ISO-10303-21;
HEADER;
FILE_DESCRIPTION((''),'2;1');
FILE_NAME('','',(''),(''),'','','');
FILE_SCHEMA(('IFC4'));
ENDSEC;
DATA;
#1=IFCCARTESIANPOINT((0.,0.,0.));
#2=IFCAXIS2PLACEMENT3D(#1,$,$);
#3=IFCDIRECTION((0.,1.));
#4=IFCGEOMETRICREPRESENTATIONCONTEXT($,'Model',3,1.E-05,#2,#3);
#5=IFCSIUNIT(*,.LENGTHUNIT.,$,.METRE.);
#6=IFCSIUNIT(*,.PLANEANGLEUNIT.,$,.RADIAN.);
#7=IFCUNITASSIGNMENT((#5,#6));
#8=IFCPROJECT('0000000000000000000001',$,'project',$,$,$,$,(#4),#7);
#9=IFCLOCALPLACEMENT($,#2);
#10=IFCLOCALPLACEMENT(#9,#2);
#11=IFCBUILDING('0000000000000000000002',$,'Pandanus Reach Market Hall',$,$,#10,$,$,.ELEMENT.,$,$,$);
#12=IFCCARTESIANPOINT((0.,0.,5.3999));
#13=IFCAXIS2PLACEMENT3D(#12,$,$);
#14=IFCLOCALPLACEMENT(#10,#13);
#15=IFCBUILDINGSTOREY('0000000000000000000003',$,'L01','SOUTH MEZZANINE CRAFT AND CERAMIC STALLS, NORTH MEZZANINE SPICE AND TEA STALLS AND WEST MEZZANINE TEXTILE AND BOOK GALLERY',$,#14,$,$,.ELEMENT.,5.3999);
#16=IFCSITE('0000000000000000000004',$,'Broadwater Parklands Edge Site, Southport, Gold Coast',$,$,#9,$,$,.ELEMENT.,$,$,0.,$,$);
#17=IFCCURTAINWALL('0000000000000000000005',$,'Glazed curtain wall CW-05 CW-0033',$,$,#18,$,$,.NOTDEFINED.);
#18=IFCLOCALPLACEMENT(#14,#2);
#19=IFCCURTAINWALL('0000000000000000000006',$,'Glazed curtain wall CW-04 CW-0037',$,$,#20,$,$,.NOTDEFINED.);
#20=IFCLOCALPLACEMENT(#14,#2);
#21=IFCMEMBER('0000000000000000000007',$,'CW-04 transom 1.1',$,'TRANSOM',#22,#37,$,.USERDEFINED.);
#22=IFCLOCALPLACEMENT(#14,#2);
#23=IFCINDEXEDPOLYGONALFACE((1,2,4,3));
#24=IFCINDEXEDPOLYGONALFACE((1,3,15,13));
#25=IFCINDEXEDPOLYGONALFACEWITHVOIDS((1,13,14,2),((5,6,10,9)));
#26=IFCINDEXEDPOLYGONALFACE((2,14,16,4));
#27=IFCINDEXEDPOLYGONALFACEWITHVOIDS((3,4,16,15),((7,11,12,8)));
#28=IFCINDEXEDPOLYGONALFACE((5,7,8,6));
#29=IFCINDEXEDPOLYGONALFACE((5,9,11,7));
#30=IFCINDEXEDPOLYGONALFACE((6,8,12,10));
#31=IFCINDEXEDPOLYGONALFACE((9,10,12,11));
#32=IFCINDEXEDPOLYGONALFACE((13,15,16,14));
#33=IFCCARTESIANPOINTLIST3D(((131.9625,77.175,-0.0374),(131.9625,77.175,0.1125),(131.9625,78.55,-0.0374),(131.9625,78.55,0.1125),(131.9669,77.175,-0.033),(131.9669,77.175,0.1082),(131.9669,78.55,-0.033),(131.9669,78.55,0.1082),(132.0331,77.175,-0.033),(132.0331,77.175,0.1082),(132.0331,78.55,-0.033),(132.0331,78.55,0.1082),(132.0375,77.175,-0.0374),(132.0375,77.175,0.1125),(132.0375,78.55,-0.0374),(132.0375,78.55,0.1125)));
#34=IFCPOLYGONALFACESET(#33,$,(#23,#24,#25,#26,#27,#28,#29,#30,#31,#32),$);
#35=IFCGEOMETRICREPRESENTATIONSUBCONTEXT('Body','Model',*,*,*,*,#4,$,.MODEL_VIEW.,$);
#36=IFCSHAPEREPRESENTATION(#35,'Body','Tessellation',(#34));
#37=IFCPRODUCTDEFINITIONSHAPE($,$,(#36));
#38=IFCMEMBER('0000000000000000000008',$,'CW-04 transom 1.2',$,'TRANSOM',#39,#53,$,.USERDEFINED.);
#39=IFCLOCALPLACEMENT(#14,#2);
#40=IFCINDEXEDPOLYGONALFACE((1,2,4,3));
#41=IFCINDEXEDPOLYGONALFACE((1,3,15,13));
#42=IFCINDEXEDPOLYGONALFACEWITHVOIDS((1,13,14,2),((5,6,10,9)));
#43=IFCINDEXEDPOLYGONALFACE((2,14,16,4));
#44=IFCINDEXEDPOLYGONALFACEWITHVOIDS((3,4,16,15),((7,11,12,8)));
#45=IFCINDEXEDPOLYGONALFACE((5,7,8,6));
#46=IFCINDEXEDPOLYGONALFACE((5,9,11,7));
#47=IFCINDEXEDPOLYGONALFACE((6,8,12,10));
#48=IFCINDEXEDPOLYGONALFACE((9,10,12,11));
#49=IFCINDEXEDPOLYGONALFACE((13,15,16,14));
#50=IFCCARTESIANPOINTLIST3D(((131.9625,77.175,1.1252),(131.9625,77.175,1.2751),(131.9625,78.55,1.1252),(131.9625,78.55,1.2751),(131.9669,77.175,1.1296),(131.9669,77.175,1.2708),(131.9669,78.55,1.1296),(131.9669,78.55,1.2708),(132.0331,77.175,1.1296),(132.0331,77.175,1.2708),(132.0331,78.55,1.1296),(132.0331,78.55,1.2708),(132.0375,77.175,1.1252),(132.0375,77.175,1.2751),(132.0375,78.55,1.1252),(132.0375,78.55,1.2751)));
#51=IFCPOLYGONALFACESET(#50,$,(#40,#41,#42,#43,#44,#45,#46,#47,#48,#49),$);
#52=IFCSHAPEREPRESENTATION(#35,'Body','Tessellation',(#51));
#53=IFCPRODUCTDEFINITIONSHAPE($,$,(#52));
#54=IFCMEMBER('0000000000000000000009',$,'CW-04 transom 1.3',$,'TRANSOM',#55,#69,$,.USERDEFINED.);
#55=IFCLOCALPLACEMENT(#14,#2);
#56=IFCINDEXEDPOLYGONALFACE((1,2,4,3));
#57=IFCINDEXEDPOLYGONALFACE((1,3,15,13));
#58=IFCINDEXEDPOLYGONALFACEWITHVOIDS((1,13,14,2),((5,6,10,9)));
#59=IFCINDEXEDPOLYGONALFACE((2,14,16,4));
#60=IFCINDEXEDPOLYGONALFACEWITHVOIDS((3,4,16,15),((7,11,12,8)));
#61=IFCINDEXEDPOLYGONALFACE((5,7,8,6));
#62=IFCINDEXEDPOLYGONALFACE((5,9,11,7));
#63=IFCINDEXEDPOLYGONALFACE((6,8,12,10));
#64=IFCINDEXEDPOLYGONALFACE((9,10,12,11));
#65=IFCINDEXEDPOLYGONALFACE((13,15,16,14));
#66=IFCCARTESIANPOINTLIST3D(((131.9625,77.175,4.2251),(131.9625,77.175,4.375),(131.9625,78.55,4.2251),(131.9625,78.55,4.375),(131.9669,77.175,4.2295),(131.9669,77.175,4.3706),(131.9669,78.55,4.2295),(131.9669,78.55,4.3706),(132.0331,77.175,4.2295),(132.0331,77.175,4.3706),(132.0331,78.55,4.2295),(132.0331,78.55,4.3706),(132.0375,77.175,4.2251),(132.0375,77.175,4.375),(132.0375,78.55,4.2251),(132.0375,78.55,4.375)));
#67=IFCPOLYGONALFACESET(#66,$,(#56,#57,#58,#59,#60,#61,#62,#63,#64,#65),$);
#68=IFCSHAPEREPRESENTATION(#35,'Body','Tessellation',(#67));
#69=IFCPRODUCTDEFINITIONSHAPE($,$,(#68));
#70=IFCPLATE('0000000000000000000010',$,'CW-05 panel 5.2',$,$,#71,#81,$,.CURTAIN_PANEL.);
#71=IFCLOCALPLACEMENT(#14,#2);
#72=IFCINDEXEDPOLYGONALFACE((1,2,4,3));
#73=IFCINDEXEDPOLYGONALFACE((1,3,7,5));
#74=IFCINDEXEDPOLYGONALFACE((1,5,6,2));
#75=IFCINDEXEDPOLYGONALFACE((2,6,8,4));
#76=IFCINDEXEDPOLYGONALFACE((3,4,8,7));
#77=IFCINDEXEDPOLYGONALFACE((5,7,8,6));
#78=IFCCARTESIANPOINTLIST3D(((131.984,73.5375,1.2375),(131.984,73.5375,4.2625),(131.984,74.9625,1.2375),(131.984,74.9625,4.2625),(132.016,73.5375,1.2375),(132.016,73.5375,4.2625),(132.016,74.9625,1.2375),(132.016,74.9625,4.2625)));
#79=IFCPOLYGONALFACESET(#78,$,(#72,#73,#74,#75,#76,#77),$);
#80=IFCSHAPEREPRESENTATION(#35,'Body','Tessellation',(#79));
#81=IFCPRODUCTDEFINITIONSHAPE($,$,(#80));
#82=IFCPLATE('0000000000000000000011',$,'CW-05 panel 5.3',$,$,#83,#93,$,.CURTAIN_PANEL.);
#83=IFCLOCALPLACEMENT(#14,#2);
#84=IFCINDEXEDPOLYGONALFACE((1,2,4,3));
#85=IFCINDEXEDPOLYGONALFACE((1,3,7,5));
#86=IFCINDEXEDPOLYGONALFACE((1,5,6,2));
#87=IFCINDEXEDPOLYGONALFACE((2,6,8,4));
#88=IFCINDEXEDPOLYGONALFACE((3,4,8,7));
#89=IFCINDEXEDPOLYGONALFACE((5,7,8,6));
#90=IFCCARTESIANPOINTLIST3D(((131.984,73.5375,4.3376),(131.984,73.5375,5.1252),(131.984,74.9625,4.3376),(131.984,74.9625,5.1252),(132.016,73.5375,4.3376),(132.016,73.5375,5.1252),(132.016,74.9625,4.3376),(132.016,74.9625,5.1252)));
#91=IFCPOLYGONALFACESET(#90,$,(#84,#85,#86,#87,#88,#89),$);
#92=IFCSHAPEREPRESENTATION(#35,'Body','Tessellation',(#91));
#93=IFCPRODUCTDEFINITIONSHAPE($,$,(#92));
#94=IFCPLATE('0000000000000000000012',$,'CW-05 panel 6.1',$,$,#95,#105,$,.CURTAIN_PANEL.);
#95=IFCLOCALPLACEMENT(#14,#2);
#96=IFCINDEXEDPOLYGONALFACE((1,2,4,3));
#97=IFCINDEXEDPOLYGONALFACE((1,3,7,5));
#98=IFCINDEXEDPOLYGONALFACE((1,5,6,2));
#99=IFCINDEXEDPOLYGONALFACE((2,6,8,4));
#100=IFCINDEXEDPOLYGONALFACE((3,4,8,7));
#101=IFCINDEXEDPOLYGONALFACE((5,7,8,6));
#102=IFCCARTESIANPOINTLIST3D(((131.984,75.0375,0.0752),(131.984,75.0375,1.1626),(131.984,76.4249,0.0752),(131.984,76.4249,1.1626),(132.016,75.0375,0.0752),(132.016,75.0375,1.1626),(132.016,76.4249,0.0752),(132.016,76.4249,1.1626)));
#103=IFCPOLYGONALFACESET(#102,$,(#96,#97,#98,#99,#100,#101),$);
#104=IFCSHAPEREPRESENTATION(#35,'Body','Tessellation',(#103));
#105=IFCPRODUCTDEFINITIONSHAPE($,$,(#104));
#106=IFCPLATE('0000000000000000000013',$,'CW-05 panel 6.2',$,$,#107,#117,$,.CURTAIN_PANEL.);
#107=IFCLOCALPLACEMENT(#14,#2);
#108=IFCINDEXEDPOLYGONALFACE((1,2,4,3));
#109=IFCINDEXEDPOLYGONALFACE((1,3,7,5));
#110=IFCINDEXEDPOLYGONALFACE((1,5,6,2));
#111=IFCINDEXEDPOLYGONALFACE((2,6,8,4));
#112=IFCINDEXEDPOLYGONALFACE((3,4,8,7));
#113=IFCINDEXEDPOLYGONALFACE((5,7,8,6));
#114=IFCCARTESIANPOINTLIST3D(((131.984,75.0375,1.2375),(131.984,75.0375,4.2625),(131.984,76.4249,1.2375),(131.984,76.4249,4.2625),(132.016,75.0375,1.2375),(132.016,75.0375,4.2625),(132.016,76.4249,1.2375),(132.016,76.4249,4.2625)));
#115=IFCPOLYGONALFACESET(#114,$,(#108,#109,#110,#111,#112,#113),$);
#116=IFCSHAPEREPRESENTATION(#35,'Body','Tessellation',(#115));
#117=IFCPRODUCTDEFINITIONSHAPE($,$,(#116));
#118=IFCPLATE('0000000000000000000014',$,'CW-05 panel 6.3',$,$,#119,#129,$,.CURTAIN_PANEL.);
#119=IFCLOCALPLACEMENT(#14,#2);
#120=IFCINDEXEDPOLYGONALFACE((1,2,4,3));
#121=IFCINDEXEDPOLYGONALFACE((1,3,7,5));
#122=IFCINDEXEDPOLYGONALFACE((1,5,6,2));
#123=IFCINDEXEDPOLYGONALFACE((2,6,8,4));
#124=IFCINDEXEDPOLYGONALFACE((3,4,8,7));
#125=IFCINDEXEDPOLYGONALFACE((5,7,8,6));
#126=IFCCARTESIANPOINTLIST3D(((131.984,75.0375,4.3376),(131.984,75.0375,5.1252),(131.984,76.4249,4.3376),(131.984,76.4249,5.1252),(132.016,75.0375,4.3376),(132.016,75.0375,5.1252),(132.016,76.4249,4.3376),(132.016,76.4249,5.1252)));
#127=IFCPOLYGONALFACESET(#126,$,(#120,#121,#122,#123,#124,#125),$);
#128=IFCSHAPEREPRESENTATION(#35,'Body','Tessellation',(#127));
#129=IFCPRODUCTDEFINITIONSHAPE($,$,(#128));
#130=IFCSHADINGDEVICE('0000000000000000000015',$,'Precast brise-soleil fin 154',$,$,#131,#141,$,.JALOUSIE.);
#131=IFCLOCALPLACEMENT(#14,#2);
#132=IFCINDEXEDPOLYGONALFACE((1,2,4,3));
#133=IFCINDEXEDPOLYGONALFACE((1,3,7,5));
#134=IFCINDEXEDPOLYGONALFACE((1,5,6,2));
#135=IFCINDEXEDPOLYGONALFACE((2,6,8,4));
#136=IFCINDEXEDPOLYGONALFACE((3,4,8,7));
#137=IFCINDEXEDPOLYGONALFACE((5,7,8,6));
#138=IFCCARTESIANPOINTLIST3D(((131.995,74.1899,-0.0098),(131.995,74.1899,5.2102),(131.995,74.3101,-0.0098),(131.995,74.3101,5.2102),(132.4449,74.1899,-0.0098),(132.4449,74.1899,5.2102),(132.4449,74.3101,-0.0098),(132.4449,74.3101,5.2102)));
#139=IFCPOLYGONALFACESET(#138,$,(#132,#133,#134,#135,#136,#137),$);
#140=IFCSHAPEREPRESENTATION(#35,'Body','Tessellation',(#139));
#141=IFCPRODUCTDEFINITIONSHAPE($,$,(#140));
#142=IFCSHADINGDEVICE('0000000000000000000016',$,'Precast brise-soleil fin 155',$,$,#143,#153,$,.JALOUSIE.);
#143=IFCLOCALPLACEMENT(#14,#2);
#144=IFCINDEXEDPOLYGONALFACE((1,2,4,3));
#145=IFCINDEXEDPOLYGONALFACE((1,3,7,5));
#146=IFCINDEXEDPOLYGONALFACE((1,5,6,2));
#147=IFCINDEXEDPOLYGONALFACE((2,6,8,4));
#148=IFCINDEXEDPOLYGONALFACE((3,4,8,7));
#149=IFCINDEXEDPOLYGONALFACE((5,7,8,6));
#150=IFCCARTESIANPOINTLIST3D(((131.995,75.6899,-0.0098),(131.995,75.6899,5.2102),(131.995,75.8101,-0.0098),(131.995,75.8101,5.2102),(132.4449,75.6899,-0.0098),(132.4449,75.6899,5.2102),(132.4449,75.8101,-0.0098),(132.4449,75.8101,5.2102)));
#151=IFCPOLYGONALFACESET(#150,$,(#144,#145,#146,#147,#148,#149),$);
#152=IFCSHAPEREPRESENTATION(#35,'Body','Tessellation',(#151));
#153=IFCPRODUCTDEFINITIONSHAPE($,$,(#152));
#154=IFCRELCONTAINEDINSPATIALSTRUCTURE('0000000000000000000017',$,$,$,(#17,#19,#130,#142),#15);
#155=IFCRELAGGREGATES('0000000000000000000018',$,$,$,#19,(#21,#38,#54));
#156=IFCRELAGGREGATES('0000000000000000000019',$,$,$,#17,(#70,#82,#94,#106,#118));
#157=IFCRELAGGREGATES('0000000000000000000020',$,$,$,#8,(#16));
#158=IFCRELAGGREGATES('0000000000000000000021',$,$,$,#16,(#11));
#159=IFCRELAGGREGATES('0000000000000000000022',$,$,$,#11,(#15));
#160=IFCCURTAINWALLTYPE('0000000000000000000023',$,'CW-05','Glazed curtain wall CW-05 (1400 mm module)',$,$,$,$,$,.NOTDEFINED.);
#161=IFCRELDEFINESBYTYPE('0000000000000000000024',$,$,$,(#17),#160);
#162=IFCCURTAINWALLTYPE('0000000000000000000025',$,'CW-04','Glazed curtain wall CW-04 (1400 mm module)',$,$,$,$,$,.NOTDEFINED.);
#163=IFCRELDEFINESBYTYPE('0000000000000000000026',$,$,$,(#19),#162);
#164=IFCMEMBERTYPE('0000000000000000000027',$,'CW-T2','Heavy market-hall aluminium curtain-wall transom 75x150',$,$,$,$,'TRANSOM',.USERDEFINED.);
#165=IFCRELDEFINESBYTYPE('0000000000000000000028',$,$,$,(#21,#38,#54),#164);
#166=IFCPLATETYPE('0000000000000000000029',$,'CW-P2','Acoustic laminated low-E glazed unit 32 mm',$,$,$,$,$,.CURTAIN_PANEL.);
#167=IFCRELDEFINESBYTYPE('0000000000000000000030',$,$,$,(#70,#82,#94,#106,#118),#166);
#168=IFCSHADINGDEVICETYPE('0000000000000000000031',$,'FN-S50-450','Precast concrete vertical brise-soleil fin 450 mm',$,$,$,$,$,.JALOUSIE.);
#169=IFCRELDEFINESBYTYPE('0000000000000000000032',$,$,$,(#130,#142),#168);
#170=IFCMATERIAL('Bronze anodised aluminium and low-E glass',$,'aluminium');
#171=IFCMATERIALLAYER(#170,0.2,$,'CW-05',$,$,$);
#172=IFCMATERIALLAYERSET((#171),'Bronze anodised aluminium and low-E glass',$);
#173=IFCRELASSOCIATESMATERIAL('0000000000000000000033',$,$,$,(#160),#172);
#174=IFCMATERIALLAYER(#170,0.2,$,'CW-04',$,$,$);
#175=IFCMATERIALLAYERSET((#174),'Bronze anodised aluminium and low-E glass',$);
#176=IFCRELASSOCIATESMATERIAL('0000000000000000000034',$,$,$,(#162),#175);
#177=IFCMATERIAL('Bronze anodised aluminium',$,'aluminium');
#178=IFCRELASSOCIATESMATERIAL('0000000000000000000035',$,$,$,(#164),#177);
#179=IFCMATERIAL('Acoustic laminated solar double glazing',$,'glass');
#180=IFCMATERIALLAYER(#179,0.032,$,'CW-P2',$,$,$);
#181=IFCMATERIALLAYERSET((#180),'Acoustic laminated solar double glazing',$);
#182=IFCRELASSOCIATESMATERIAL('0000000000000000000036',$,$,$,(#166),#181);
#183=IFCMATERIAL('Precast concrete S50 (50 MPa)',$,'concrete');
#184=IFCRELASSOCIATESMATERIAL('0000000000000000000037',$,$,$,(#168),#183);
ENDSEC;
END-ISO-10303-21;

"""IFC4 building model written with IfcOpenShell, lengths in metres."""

from ifc_helpers import new_model, si_unit, direction, frame, origin, origin_2d, place, context, subcontext, project, spatial, rectangle, hollow_rectangle, extrude, material, layer, layer_set, material_profile, profile_set, type_object, element, aggregate, save


model = new_model("IFC4")

# Units and contexts
model_context = context("Model", 3, precision=1e-05, world=origin(), true_north=direction((0.0, 1.0)))
body_context = subcontext(model_context, "Body", "Model", "MODEL_VIEW")
ifc_project = project(units=[si_unit("LENGTHUNIT", "METRE"), si_unit("PLANEANGLEUNIT", "RADIAN")], contexts=[model_context])

# Site, building, storey
site_placement = place(None, origin())
site = spatial("IfcSite", under=ifc_project, at=site_placement, Name="Broadwater Parklands Edge Site, Southport, Gold Coast", CompositionType="ELEMENT", RefElevation=0.0)
building_placement = place(site_placement, origin())
building = spatial("IfcBuilding", under=site, at=building_placement, Name="Pandanus Reach Market Hall", CompositionType="ELEMENT")
storey_placement = place(building_placement, frame((0.0, 0.0, 5.3999)))
storey = spatial("IfcBuildingStorey", under=building, at=storey_placement, Name="L01", Description="SOUTH MEZZANINE CRAFT AND CERAMIC STALLS, NORTH MEZZANINE SPICE AND TEA STALLS AND WEST MEZZANINE TEXTILE AND BOOK GALLERY", CompositionType="ELEMENT", Elevation=5.3999)

# Curtain wall
ifc_material_1 = material(Name="Bronze anodised aluminium and low-E glass", Category="aluminium")
ifc_layer_1 = layer(ifc_material_1, 0.2, Name="CW-05")
ifc_layer_set_1 = layer_set([ifc_layer_1], Name="Bronze anodised aluminium and low-E glass")
curtain_wall_type_1 = type_object("IfcCurtainWallType", Name="CW-05", Description="Glazed curtain wall CW-05 (1400 mm module)", PredefinedType="NOTDEFINED", material=ifc_layer_set_1)
curtain_wall_1_placement = place(storey_placement, origin())
curtain_wall_1 = element("IfcCurtainWall", 1, at=curtain_wall_1_placement, inside=storey, type_object=curtain_wall_type_1, Name="Glazed curtain wall CW-05 CW-0033", PredefinedType="NOTDEFINED")
ifc_material_2 = material(Name="Bronze anodised aluminium", Category="aluminium")

# Curtain wall
ifc_layer_2 = layer(ifc_material_1, 0.2, Name="CW-04")
ifc_layer_set_2 = layer_set([ifc_layer_2], Name="Bronze anodised aluminium and low-E glass")
curtain_wall_type_2 = type_object("IfcCurtainWallType", Name="CW-04", Description="Glazed curtain wall CW-04 (1400 mm module)", PredefinedType="NOTDEFINED", material=ifc_layer_set_2)
curtain_wall_2_placement = place(storey_placement, origin())
curtain_wall_2 = element("IfcCurtainWall", 2, at=curtain_wall_2_placement, inside=storey, type_object=curtain_wall_type_2, Name="Glazed curtain wall CW-04 CW-0037", PredefinedType="NOTDEFINED")

# Members
ifc_material_profile_1 = material_profile(ifc_material_2, hollow_rectangle(XDim=0.075, YDim=0.1499, WallThickness=0.0044, at=origin_2d()), Name="ALU75x150", Category="LoadBearing")
ifc_profile_set_1 = profile_set([ifc_material_profile_1], Name="Bronze anodised aluminium")
member_type_1 = type_object("IfcMemberType", Name="CW-T2", Description="Heavy market-hall aluminium curtain-wall transom 75x150", ElementType="TRANSOM", PredefinedType="USERDEFINED", material=ifc_profile_set_1)
member_1_placement = place(storey_placement, frame((132.0, 77.175, 0.0376), z_axis=(0.0, 1.0, 0.0), x_axis=(-1.0, 0.0, 0.0)))
member_1 = element("IfcMember", 3, at=member_1_placement, type_object=member_type_1, Name="CW-04 transom 1.1", ObjectType="TRANSOM", PredefinedType="USERDEFINED", context=body_context, shape_type="SweptSolid", body=[
    extrude(hollow_rectangle(XDim=0.075, YDim=0.1499, WallThickness=0.0044, at=origin_2d()), origin(), (0.0, 0.0, 1.0), 1.375),
])
member_2_placement = place(storey_placement, frame((132.0, 77.175, 1.2002), z_axis=(0.0, 1.0, 0.0), x_axis=(-1.0, 0.0, 0.0)))
member_2 = element("IfcMember", 4, at=member_2_placement, type_object=member_type_1, Name="CW-04 transom 1.2", ObjectType="TRANSOM", PredefinedType="USERDEFINED", context=body_context, shape_type="SweptSolid", body=[
    extrude(hollow_rectangle(XDim=0.075, YDim=0.1499, WallThickness=0.0044, at=origin_2d()), origin(), (0.0, 0.0, 1.0), 1.375),
])
member_3_placement = place(storey_placement, frame((132.0, 77.175, 4.3), z_axis=(0.0, 1.0, 0.0), x_axis=(-1.0, 0.0, 0.0)))
member_3 = element("IfcMember", 5, at=member_3_placement, type_object=member_type_1, Name="CW-04 transom 1.3", ObjectType="TRANSOM", PredefinedType="USERDEFINED", context=body_context, shape_type="SweptSolid", body=[
    extrude(hollow_rectangle(XDim=0.075, YDim=0.1499, WallThickness=0.0044, at=origin_2d()), origin(), (0.0, 0.0, 1.0), 1.375),
])
aggregate(curtain_wall_2, [member_1, member_2, member_3])

# Plates
ifc_material_3 = material(Name="Acoustic laminated solar double glazing", Category="glass")
ifc_layer_3 = layer(ifc_material_3, 0.032, Name="CW-P2")
ifc_layer_set_3 = layer_set([ifc_layer_3], Name="Acoustic laminated solar double glazing")
plate_type = type_object("IfcPlateType", Name="CW-P2", Description="Acoustic laminated low-E glazed unit 32 mm", PredefinedType="CURTAIN_PANEL", material=ifc_layer_set_3)
plate_1_placement = place(storey_placement, frame((132.0, 74.25, 1.2375), z_axis=(0.0, 0.0, 1.0), x_axis=(0.0, 1.0, 0.0)))
plate_1 = element("IfcPlate", 6, at=plate_1_placement, type_object=plate_type, Name="CW-05 panel 5.2", PredefinedType="CURTAIN_PANEL", context=body_context, shape_type="SweptSolid", body=[
    extrude(rectangle(XDim=1.425, YDim=0.032, at=origin_2d()), origin(), (0.0, 0.0, 1.0), 3.0249),
])
plate_2_placement = place(storey_placement, frame((132.0, 74.25, 4.3376), z_axis=(0.0, 0.0, 1.0), x_axis=(0.0, 1.0, 0.0)))
plate_2 = element("IfcPlate", 7, at=plate_2_placement, type_object=plate_type, Name="CW-05 panel 5.3", PredefinedType="CURTAIN_PANEL", context=body_context, shape_type="SweptSolid", body=[
    extrude(rectangle(XDim=1.425, YDim=0.032, at=origin_2d()), origin(), (0.0, 0.0, 1.0), 0.7876),
])
plate_3_placement = place(storey_placement, frame((132.0, 75.7312, 0.0752), z_axis=(0.0, 0.0, 1.0), x_axis=(0.0, 1.0, 0.0)))
plate_3 = element("IfcPlate", 8, at=plate_3_placement, type_object=plate_type, Name="CW-05 panel 6.1", PredefinedType="CURTAIN_PANEL", context=body_context, shape_type="SweptSolid", body=[
    extrude(rectangle(XDim=1.3875, YDim=0.032, at=origin_2d()), origin(), (0.0, 0.0, 1.0), 1.0874),
])
plate_4_placement = place(storey_placement, frame((132.0, 75.7312, 1.2375), z_axis=(0.0, 0.0, 1.0), x_axis=(0.0, 1.0, 0.0)))
plate_4 = element("IfcPlate", 9, at=plate_4_placement, type_object=plate_type, Name="CW-05 panel 6.2", PredefinedType="CURTAIN_PANEL", context=body_context, shape_type="SweptSolid", body=[
    extrude(rectangle(XDim=1.3875, YDim=0.032, at=origin_2d()), origin(), (0.0, 0.0, 1.0), 3.0249),
])
plate_5_placement = place(storey_placement, frame((132.0, 75.7312, 4.3376), z_axis=(0.0, 0.0, 1.0), x_axis=(0.0, 1.0, 0.0)))
plate_5 = element("IfcPlate", 10, at=plate_5_placement, type_object=plate_type, Name="CW-05 panel 6.3", PredefinedType="CURTAIN_PANEL", context=body_context, shape_type="SweptSolid", body=[
    extrude(rectangle(XDim=1.3875, YDim=0.032, at=origin_2d()), origin(), (0.0, 0.0, 1.0), 0.7876),
])
aggregate(curtain_wall_1, [plate_1, plate_2, plate_3, plate_4, plate_5])

# Shading devices
ifc_material_4 = material(Name="Precast concrete S50 (50 MPa)", Category="concrete")
shading_device_type = type_object("IfcShadingDeviceType", Name="FN-S50-450", Description="Precast concrete vertical brise-soleil fin 450 mm", PredefinedType="JALOUSIE", material=ifc_material_4)
for number, where, z_axis, x_axis, name in (
    (11, (132.22, 74.25, -0.0098), (0.0, 0.0, 1.0), (1.0, 0.0, 0.0), "Precast brise-soleil fin 154"),
    (12, (132.22, 75.75, -0.0098), (0.0, 0.0, 1.0), (1.0, 0.0, 0.0), "Precast brise-soleil fin 155"),
):
    element("IfcShadingDevice", number, at=place(storey_placement, frame(where, z_axis=z_axis, x_axis=x_axis)), inside=storey, type_object=shading_device_type, Name=name, PredefinedType="JALOUSIE", context=body_context, shape_type="SweptSolid", body=[
        extrude(rectangle(XDim=0.45, YDim=0.1201, at=origin_2d()), origin(), (0.0, 0.0, 1.0), 5.22),
    ])

save(model, "model.ifc")
